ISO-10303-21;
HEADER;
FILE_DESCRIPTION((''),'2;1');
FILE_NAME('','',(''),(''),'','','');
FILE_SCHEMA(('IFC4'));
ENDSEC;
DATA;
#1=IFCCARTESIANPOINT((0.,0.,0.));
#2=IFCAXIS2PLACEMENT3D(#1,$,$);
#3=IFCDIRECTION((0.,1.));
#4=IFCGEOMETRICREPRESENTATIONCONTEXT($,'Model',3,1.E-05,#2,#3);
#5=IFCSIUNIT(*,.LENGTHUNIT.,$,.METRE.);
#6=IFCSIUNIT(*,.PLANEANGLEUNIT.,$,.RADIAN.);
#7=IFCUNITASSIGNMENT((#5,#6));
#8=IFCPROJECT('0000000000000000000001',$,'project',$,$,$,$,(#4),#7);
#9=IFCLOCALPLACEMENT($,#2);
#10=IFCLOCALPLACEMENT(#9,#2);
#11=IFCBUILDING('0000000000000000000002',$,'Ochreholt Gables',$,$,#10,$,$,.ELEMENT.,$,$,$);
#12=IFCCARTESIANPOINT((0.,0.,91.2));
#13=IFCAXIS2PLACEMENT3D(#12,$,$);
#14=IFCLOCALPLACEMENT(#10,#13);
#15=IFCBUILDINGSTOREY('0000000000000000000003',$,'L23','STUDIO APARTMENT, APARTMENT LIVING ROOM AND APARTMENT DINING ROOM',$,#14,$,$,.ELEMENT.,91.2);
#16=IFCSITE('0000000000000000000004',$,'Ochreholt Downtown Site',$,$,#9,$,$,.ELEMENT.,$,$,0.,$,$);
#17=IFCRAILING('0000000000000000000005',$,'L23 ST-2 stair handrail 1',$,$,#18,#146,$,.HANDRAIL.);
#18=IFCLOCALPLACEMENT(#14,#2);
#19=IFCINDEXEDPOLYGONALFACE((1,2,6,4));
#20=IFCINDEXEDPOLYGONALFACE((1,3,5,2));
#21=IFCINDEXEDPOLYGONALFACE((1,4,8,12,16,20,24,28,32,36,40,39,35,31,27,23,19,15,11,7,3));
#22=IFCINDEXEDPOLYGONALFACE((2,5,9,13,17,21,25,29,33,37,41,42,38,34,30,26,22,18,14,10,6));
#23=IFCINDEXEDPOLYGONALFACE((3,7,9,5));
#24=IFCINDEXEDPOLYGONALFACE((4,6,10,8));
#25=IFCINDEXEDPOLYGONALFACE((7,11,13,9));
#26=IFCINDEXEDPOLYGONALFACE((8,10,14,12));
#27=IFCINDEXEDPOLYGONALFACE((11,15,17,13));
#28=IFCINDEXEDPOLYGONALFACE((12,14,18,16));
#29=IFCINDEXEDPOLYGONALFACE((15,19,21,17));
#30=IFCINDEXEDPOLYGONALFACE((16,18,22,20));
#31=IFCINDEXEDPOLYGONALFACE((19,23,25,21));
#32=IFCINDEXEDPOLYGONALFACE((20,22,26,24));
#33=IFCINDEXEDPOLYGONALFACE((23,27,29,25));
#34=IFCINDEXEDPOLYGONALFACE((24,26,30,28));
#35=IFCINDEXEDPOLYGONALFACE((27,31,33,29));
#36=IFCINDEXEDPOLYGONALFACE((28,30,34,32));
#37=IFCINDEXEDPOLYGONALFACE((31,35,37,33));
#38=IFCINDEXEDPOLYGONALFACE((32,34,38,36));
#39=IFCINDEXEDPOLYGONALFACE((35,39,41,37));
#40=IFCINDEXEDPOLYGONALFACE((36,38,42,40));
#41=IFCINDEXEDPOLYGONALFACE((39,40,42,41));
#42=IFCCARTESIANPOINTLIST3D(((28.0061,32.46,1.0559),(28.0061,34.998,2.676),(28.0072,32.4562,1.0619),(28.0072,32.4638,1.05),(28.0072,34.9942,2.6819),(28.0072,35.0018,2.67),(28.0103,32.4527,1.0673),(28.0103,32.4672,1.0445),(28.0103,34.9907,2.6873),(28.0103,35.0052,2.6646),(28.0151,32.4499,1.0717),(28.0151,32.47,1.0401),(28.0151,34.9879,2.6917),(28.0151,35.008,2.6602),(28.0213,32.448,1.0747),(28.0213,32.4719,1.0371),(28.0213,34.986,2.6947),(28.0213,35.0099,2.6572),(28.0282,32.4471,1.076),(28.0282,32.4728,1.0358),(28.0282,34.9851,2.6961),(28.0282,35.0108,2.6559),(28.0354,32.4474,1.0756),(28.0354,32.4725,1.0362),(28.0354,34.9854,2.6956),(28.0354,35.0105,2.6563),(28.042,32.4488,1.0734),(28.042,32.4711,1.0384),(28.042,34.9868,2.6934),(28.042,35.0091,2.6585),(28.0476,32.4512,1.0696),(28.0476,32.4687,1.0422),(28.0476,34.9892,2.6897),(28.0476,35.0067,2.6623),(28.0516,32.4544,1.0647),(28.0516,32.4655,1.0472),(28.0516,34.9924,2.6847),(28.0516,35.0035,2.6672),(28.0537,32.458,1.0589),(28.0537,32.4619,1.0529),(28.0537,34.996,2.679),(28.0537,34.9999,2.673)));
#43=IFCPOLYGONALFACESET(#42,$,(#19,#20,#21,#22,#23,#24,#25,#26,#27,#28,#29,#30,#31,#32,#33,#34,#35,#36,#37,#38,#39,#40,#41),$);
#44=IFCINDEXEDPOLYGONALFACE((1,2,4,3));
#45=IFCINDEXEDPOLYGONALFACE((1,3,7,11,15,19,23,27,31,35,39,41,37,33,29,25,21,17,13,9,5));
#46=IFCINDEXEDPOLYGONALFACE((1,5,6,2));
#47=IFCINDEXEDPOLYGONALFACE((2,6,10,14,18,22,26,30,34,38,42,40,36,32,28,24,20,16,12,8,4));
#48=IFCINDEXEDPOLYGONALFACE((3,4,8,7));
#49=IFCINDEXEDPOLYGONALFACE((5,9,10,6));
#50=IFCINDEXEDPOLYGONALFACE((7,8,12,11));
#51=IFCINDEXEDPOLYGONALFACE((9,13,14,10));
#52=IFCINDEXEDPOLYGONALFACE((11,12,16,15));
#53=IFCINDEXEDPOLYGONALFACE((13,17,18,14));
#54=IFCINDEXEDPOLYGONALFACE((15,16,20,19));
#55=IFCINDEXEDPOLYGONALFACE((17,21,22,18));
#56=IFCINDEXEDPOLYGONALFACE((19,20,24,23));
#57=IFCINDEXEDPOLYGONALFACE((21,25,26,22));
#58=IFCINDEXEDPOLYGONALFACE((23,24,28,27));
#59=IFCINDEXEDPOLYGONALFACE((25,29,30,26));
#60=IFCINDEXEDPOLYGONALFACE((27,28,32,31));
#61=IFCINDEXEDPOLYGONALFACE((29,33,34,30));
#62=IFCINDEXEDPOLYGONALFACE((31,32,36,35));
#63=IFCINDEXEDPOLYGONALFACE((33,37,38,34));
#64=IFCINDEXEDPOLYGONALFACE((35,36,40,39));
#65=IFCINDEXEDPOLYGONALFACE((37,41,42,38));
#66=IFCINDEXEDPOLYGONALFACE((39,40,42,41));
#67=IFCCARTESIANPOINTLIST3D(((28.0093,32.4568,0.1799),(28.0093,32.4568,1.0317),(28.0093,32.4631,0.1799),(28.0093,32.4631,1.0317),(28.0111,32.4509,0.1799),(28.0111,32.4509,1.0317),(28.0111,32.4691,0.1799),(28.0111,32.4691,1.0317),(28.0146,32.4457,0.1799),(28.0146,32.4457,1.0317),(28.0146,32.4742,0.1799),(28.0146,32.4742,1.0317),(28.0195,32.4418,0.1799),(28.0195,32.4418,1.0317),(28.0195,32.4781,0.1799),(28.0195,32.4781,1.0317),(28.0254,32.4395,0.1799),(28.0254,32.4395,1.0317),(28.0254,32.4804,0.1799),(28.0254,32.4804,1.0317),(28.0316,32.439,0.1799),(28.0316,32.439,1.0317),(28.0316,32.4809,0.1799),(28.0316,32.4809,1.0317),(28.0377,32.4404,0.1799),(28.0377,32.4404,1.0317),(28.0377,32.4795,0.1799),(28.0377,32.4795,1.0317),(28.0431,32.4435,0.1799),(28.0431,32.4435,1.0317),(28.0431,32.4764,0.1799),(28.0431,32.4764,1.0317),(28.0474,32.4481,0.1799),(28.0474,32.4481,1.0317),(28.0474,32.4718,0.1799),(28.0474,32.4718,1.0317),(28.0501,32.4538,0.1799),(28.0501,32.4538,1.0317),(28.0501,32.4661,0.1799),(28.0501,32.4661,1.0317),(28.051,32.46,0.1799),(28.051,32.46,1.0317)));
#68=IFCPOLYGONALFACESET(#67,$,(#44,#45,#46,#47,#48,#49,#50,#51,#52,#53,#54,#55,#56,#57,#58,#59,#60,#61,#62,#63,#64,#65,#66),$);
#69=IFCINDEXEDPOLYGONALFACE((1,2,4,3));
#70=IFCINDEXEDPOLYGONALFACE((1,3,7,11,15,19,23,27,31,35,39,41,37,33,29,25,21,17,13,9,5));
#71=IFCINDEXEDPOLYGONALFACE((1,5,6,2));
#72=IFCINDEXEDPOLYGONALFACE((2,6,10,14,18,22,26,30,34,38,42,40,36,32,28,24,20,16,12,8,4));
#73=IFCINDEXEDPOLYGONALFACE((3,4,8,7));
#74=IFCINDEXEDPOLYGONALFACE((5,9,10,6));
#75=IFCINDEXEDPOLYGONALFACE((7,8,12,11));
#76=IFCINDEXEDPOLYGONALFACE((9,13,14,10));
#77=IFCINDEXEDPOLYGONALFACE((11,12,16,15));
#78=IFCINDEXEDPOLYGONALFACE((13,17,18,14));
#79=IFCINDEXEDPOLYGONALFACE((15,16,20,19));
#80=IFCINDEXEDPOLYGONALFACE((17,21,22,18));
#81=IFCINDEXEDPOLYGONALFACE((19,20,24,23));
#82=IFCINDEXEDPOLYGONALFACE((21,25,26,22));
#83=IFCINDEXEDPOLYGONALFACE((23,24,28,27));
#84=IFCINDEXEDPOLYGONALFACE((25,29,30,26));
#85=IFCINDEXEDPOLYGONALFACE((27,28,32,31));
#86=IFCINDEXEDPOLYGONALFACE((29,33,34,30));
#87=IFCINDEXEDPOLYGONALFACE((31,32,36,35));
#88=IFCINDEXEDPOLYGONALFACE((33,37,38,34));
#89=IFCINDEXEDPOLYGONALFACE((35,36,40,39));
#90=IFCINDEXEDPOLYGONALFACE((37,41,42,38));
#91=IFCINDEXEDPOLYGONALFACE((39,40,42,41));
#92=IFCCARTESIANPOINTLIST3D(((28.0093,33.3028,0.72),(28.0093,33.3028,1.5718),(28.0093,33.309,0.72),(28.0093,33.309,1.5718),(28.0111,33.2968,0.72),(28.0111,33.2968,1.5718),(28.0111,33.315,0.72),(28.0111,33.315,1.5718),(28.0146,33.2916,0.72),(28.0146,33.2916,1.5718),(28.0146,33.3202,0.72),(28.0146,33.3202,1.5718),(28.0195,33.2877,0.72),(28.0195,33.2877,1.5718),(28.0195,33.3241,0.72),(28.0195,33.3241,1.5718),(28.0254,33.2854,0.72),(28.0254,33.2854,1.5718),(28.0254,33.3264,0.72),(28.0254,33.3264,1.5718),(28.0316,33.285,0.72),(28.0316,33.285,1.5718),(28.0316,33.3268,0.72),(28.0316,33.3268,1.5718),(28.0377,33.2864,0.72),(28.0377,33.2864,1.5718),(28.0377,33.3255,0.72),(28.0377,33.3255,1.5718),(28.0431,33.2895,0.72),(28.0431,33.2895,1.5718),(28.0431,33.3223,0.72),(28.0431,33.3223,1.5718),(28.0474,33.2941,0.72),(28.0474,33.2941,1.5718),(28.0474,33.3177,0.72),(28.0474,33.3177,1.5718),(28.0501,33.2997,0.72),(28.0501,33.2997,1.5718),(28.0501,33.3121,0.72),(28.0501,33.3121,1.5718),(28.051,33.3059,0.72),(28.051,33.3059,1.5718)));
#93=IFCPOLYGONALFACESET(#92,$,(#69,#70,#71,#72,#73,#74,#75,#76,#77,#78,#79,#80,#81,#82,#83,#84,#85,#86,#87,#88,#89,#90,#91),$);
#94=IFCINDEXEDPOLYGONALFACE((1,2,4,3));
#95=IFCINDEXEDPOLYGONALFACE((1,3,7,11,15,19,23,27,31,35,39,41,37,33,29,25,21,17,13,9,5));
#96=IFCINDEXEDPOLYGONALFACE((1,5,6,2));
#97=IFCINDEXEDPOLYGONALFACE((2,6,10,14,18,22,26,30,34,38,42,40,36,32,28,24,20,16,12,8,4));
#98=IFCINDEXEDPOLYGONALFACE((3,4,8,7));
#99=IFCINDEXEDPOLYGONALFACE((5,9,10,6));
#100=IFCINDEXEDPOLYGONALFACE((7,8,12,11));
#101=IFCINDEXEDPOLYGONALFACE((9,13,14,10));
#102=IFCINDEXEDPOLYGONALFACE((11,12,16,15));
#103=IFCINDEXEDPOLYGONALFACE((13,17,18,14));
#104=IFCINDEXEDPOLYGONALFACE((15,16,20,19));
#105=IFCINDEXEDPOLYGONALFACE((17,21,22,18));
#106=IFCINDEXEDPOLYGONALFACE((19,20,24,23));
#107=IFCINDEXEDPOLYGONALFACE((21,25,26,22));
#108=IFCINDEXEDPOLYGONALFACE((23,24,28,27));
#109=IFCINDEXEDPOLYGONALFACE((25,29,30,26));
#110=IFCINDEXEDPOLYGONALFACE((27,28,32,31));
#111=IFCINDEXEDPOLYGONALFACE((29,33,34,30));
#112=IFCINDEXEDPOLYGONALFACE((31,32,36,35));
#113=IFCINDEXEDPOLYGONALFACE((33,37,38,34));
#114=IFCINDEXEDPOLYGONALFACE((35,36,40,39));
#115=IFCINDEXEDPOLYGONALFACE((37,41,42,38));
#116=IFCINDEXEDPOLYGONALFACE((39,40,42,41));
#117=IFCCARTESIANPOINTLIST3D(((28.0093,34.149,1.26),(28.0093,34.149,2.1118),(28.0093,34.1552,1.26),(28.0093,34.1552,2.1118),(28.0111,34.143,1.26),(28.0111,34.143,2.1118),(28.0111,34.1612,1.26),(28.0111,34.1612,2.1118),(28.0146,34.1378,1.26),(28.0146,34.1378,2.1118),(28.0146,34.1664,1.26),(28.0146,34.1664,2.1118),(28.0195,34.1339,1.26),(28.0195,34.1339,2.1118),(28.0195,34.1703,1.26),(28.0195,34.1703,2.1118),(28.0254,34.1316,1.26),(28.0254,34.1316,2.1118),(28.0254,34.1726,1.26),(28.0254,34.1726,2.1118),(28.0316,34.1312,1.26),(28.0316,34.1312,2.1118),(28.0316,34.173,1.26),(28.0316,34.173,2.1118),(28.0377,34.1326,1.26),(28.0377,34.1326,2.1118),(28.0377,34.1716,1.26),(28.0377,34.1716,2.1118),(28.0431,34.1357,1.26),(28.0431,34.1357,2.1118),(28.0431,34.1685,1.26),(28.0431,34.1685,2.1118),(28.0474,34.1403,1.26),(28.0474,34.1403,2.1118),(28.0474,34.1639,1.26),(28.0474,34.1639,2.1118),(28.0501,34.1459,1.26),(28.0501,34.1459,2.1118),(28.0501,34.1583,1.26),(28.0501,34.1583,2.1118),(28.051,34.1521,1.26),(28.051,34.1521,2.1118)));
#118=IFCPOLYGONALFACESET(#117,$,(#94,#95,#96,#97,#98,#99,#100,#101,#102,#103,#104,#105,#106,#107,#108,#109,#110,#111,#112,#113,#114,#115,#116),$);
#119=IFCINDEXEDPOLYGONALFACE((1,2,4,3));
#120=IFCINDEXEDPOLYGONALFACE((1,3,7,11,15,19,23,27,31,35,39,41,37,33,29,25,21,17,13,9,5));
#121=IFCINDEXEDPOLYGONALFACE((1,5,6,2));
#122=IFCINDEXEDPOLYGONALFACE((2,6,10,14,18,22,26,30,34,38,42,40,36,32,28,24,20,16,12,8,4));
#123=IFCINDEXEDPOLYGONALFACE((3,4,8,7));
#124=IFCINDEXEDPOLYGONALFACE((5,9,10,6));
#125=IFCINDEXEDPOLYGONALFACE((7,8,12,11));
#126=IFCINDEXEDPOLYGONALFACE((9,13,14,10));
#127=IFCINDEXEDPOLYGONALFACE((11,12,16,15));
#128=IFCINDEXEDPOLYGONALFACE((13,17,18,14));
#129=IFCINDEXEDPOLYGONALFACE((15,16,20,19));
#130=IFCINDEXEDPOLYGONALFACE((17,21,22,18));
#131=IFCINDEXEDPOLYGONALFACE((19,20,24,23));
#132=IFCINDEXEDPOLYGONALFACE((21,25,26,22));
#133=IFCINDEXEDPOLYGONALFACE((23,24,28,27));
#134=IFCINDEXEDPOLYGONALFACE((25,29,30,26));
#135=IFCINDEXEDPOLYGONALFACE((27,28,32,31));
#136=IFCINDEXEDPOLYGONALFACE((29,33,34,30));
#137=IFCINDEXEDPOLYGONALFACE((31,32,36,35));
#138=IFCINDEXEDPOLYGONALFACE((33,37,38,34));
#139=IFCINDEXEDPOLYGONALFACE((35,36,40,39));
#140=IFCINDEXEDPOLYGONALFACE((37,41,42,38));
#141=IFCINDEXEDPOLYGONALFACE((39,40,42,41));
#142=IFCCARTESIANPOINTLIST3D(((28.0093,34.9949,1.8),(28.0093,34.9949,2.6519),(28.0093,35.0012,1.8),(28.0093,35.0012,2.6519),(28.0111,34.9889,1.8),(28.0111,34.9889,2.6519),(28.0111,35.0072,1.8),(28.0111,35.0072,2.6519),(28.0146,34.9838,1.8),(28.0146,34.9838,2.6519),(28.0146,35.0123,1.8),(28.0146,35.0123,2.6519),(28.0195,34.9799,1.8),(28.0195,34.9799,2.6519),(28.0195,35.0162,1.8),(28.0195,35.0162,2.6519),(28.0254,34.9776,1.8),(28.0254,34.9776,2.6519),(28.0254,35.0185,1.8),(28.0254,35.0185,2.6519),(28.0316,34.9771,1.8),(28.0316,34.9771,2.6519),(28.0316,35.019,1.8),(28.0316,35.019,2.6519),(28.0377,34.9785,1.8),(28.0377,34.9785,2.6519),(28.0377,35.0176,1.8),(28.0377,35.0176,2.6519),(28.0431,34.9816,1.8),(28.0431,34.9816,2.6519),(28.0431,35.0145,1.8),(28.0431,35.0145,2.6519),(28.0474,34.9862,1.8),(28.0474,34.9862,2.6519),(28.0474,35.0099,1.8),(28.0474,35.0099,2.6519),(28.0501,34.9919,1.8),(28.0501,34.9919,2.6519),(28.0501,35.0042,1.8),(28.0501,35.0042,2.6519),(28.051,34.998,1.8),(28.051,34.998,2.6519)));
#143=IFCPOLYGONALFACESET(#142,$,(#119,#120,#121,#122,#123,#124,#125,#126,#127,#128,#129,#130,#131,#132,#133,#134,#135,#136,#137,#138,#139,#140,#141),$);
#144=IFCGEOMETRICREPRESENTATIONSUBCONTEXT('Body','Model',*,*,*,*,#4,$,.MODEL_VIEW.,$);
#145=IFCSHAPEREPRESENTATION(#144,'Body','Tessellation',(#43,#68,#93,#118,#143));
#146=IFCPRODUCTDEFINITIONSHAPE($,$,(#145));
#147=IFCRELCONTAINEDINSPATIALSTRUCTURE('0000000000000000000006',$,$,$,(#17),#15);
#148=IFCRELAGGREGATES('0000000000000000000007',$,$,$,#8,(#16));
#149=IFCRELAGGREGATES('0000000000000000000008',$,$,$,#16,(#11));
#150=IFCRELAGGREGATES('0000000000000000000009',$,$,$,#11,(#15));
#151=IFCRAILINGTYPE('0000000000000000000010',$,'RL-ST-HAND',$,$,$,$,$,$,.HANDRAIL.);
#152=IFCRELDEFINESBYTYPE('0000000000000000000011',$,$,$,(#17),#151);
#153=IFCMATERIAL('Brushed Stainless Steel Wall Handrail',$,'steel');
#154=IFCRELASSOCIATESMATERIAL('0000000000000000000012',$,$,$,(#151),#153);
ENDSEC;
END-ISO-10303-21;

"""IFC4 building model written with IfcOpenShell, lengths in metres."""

from ifc_helpers import new_model, si_unit, direction, frame, origin, origin_2d, place, context, subcontext, project, spatial, circle, extrude, material, type_object, element, save


model = new_model("IFC4")

# Units and contexts
model_context = context("Model", 3, precision=1e-05, world=origin(), true_north=direction((0.0, 1.0)))
body_context = subcontext(model_context, "Body", "Model", "MODEL_VIEW")
ifc_project = project(units=[si_unit("LENGTHUNIT", "METRE"), si_unit("PLANEANGLEUNIT", "RADIAN")], contexts=[model_context])

# Site, building, storey
site_placement = place(None, origin())
site = spatial("IfcSite", under=ifc_project, at=site_placement, Name="Ochreholt Downtown Site", CompositionType="ELEMENT", RefElevation=0.0)
building_placement = place(site_placement, origin())
building = spatial("IfcBuilding", under=site, at=building_placement, Name="Ochreholt Gables", CompositionType="ELEMENT")
storey_placement = place(building_placement, frame((0.0, 0.0, 91.2)))
storey = spatial("IfcBuildingStorey", under=building, at=storey_placement, Name="L23", Description="STUDIO APARTMENT, APARTMENT LIVING ROOM AND APARTMENT DINING ROOM", CompositionType="ELEMENT", Elevation=91.2)

# Railing
ifc_material_1 = material(Name="Brushed Stainless Steel Wall Handrail", Category="steel")
railing_type_1 = type_object("IfcRailingType", Name="RL-ST-HAND", PredefinedType="HANDRAIL", material=ifc_material_1)
railing_1_placement = place(storey_placement, frame((28.03, 32.46, 0.1799)))
element("IfcRailing", 1, at=railing_1_placement, inside=storey, type_object=railing_type_1, Name="L23 ST-2 stair handrail 1", PredefinedType="HANDRAIL", context=body_context, shape_type="SweptSolid", body=[
    extrude(circle(Radius=0.0239, at=origin_2d()), frame((0.0, 0.0, 0.876), z_axis=(0.0, 0.842913, 0.53805), x_axis=(-1.0, 0.0, 0.0)), (0.0, 0.0, 1.0), 3.011),
    extrude(circle(Radius=0.021, at=origin_2d()), origin(), (0.0, 0.0, 1.0), 0.8518),
    extrude(circle(Radius=0.021, at=origin_2d()), frame((0.0, 0.8459, 0.54)), (0.0, 0.0, 1.0), 0.8518),
    extrude(circle(Radius=0.021, at=origin_2d()), frame((0.0, 1.6921, 1.0801)), (0.0, 0.0, 1.0), 0.8518),
    extrude(circle(Radius=0.021, at=origin_2d()), frame((0.0, 2.5381, 1.6201)), (0.0, 0.0, 1.0), 0.8518),
])

save(model, "model.ifc")
